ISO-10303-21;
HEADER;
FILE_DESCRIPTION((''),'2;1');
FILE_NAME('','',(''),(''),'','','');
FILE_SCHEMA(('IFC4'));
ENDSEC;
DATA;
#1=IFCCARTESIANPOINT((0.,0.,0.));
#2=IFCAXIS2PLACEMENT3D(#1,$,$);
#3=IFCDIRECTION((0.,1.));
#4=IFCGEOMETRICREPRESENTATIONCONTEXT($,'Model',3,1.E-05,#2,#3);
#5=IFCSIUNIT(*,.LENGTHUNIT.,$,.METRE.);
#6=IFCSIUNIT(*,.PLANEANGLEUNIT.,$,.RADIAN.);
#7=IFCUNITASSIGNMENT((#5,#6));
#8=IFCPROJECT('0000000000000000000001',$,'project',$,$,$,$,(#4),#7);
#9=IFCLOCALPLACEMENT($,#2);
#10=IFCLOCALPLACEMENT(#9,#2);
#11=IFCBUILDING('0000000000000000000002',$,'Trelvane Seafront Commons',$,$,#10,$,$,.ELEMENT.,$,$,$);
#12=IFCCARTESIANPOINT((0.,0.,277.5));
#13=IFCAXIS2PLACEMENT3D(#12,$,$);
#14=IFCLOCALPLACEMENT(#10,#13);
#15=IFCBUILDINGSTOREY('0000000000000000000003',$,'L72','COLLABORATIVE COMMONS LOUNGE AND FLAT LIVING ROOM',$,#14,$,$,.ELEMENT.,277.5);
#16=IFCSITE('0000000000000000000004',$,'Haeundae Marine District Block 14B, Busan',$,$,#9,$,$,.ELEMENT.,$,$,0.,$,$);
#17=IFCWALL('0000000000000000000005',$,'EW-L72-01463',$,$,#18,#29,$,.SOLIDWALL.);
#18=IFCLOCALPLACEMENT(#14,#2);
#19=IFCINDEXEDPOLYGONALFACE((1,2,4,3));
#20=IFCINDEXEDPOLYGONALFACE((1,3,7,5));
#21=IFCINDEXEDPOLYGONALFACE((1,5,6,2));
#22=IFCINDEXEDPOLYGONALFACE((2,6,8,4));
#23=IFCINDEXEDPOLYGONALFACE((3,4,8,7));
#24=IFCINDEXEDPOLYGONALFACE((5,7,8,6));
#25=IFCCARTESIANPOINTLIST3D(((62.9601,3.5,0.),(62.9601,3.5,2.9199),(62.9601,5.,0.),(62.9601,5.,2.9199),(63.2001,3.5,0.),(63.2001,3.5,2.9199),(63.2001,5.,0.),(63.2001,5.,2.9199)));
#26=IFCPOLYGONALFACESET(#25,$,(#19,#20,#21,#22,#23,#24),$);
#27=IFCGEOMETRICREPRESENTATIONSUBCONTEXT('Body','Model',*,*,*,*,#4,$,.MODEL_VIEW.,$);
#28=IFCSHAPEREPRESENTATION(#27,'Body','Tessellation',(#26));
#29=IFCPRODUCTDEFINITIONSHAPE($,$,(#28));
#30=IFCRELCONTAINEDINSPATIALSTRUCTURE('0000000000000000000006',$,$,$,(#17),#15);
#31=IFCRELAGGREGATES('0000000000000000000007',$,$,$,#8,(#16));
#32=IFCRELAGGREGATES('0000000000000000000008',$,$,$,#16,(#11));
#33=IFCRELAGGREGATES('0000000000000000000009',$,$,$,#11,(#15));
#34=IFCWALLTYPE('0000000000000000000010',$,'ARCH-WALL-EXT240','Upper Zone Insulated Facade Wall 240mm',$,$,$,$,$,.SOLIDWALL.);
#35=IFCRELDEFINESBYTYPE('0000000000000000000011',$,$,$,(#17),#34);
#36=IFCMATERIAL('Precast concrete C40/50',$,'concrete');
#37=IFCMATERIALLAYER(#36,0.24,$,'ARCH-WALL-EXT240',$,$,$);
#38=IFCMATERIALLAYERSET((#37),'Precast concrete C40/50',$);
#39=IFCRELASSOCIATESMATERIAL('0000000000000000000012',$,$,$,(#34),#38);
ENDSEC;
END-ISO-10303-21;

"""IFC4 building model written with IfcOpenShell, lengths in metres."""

from ifc_helpers import new_model, si_unit, direction, frame, frame_2d, origin, place, context, subcontext, project, spatial, rectangle, extrude, material, layer, layer_set, type_object, element, save


model = new_model("IFC4")

# Units and contexts
model_context = context("Model", 3, precision=1e-05, world=origin(), true_north=direction((0.0, 1.0)))
body_context = subcontext(model_context, "Body", "Model", "MODEL_VIEW")
ifc_project = project(units=[si_unit("LENGTHUNIT", "METRE"), si_unit("PLANEANGLEUNIT", "RADIAN")], contexts=[model_context])

# Site, building, storey
site_placement = place(None, origin())
site = spatial("IfcSite", under=ifc_project, at=site_placement, Name="Haeundae Marine District Block 14B, Busan", CompositionType="ELEMENT", RefElevation=0.0)
building_placement = place(site_placement, origin())
building = spatial("IfcBuilding", under=site, at=building_placement, Name="Trelvane Seafront Commons", CompositionType="ELEMENT")
storey_placement = place(building_placement, frame((0.0, 0.0, 277.5)))
storey = spatial("IfcBuildingStorey", under=building, at=storey_placement, Name="L72", Description="COLLABORATIVE COMMONS LOUNGE AND FLAT LIVING ROOM", CompositionType="ELEMENT", Elevation=277.5)

# Wall
ifc_material_1 = material(Name="Precast concrete C40/50", Category="concrete")
ifc_layer = layer(ifc_material_1, 0.24, Name="ARCH-WALL-EXT240")
ifc_layer_set = layer_set([ifc_layer], Name="Precast concrete C40/50")
wall_type = type_object("IfcWallType", Name="ARCH-WALL-EXT240", Description="Upper Zone Insulated Facade Wall 240mm", PredefinedType="SOLIDWALL", material=ifc_layer_set)
wall_1_placement = place(storey_placement, frame((63.0801, 5.0, 0.0), z_axis=(0.0, 0.0, 1.0), x_axis=(0.0, -1.0, 0.0)))
element("IfcWall", 1, at=wall_1_placement, inside=storey, type_object=wall_type, Name="EW-L72-01463", PredefinedType="SOLIDWALL", context=body_context, shape_type="SweptSolid", body=[
    extrude(rectangle(XDim=1.5, YDim=0.24, at=frame_2d((0.75, 0.0))), origin(), (0.0, 0.0, 1.0), 2.9199),
])

save(model, "model.ifc")
